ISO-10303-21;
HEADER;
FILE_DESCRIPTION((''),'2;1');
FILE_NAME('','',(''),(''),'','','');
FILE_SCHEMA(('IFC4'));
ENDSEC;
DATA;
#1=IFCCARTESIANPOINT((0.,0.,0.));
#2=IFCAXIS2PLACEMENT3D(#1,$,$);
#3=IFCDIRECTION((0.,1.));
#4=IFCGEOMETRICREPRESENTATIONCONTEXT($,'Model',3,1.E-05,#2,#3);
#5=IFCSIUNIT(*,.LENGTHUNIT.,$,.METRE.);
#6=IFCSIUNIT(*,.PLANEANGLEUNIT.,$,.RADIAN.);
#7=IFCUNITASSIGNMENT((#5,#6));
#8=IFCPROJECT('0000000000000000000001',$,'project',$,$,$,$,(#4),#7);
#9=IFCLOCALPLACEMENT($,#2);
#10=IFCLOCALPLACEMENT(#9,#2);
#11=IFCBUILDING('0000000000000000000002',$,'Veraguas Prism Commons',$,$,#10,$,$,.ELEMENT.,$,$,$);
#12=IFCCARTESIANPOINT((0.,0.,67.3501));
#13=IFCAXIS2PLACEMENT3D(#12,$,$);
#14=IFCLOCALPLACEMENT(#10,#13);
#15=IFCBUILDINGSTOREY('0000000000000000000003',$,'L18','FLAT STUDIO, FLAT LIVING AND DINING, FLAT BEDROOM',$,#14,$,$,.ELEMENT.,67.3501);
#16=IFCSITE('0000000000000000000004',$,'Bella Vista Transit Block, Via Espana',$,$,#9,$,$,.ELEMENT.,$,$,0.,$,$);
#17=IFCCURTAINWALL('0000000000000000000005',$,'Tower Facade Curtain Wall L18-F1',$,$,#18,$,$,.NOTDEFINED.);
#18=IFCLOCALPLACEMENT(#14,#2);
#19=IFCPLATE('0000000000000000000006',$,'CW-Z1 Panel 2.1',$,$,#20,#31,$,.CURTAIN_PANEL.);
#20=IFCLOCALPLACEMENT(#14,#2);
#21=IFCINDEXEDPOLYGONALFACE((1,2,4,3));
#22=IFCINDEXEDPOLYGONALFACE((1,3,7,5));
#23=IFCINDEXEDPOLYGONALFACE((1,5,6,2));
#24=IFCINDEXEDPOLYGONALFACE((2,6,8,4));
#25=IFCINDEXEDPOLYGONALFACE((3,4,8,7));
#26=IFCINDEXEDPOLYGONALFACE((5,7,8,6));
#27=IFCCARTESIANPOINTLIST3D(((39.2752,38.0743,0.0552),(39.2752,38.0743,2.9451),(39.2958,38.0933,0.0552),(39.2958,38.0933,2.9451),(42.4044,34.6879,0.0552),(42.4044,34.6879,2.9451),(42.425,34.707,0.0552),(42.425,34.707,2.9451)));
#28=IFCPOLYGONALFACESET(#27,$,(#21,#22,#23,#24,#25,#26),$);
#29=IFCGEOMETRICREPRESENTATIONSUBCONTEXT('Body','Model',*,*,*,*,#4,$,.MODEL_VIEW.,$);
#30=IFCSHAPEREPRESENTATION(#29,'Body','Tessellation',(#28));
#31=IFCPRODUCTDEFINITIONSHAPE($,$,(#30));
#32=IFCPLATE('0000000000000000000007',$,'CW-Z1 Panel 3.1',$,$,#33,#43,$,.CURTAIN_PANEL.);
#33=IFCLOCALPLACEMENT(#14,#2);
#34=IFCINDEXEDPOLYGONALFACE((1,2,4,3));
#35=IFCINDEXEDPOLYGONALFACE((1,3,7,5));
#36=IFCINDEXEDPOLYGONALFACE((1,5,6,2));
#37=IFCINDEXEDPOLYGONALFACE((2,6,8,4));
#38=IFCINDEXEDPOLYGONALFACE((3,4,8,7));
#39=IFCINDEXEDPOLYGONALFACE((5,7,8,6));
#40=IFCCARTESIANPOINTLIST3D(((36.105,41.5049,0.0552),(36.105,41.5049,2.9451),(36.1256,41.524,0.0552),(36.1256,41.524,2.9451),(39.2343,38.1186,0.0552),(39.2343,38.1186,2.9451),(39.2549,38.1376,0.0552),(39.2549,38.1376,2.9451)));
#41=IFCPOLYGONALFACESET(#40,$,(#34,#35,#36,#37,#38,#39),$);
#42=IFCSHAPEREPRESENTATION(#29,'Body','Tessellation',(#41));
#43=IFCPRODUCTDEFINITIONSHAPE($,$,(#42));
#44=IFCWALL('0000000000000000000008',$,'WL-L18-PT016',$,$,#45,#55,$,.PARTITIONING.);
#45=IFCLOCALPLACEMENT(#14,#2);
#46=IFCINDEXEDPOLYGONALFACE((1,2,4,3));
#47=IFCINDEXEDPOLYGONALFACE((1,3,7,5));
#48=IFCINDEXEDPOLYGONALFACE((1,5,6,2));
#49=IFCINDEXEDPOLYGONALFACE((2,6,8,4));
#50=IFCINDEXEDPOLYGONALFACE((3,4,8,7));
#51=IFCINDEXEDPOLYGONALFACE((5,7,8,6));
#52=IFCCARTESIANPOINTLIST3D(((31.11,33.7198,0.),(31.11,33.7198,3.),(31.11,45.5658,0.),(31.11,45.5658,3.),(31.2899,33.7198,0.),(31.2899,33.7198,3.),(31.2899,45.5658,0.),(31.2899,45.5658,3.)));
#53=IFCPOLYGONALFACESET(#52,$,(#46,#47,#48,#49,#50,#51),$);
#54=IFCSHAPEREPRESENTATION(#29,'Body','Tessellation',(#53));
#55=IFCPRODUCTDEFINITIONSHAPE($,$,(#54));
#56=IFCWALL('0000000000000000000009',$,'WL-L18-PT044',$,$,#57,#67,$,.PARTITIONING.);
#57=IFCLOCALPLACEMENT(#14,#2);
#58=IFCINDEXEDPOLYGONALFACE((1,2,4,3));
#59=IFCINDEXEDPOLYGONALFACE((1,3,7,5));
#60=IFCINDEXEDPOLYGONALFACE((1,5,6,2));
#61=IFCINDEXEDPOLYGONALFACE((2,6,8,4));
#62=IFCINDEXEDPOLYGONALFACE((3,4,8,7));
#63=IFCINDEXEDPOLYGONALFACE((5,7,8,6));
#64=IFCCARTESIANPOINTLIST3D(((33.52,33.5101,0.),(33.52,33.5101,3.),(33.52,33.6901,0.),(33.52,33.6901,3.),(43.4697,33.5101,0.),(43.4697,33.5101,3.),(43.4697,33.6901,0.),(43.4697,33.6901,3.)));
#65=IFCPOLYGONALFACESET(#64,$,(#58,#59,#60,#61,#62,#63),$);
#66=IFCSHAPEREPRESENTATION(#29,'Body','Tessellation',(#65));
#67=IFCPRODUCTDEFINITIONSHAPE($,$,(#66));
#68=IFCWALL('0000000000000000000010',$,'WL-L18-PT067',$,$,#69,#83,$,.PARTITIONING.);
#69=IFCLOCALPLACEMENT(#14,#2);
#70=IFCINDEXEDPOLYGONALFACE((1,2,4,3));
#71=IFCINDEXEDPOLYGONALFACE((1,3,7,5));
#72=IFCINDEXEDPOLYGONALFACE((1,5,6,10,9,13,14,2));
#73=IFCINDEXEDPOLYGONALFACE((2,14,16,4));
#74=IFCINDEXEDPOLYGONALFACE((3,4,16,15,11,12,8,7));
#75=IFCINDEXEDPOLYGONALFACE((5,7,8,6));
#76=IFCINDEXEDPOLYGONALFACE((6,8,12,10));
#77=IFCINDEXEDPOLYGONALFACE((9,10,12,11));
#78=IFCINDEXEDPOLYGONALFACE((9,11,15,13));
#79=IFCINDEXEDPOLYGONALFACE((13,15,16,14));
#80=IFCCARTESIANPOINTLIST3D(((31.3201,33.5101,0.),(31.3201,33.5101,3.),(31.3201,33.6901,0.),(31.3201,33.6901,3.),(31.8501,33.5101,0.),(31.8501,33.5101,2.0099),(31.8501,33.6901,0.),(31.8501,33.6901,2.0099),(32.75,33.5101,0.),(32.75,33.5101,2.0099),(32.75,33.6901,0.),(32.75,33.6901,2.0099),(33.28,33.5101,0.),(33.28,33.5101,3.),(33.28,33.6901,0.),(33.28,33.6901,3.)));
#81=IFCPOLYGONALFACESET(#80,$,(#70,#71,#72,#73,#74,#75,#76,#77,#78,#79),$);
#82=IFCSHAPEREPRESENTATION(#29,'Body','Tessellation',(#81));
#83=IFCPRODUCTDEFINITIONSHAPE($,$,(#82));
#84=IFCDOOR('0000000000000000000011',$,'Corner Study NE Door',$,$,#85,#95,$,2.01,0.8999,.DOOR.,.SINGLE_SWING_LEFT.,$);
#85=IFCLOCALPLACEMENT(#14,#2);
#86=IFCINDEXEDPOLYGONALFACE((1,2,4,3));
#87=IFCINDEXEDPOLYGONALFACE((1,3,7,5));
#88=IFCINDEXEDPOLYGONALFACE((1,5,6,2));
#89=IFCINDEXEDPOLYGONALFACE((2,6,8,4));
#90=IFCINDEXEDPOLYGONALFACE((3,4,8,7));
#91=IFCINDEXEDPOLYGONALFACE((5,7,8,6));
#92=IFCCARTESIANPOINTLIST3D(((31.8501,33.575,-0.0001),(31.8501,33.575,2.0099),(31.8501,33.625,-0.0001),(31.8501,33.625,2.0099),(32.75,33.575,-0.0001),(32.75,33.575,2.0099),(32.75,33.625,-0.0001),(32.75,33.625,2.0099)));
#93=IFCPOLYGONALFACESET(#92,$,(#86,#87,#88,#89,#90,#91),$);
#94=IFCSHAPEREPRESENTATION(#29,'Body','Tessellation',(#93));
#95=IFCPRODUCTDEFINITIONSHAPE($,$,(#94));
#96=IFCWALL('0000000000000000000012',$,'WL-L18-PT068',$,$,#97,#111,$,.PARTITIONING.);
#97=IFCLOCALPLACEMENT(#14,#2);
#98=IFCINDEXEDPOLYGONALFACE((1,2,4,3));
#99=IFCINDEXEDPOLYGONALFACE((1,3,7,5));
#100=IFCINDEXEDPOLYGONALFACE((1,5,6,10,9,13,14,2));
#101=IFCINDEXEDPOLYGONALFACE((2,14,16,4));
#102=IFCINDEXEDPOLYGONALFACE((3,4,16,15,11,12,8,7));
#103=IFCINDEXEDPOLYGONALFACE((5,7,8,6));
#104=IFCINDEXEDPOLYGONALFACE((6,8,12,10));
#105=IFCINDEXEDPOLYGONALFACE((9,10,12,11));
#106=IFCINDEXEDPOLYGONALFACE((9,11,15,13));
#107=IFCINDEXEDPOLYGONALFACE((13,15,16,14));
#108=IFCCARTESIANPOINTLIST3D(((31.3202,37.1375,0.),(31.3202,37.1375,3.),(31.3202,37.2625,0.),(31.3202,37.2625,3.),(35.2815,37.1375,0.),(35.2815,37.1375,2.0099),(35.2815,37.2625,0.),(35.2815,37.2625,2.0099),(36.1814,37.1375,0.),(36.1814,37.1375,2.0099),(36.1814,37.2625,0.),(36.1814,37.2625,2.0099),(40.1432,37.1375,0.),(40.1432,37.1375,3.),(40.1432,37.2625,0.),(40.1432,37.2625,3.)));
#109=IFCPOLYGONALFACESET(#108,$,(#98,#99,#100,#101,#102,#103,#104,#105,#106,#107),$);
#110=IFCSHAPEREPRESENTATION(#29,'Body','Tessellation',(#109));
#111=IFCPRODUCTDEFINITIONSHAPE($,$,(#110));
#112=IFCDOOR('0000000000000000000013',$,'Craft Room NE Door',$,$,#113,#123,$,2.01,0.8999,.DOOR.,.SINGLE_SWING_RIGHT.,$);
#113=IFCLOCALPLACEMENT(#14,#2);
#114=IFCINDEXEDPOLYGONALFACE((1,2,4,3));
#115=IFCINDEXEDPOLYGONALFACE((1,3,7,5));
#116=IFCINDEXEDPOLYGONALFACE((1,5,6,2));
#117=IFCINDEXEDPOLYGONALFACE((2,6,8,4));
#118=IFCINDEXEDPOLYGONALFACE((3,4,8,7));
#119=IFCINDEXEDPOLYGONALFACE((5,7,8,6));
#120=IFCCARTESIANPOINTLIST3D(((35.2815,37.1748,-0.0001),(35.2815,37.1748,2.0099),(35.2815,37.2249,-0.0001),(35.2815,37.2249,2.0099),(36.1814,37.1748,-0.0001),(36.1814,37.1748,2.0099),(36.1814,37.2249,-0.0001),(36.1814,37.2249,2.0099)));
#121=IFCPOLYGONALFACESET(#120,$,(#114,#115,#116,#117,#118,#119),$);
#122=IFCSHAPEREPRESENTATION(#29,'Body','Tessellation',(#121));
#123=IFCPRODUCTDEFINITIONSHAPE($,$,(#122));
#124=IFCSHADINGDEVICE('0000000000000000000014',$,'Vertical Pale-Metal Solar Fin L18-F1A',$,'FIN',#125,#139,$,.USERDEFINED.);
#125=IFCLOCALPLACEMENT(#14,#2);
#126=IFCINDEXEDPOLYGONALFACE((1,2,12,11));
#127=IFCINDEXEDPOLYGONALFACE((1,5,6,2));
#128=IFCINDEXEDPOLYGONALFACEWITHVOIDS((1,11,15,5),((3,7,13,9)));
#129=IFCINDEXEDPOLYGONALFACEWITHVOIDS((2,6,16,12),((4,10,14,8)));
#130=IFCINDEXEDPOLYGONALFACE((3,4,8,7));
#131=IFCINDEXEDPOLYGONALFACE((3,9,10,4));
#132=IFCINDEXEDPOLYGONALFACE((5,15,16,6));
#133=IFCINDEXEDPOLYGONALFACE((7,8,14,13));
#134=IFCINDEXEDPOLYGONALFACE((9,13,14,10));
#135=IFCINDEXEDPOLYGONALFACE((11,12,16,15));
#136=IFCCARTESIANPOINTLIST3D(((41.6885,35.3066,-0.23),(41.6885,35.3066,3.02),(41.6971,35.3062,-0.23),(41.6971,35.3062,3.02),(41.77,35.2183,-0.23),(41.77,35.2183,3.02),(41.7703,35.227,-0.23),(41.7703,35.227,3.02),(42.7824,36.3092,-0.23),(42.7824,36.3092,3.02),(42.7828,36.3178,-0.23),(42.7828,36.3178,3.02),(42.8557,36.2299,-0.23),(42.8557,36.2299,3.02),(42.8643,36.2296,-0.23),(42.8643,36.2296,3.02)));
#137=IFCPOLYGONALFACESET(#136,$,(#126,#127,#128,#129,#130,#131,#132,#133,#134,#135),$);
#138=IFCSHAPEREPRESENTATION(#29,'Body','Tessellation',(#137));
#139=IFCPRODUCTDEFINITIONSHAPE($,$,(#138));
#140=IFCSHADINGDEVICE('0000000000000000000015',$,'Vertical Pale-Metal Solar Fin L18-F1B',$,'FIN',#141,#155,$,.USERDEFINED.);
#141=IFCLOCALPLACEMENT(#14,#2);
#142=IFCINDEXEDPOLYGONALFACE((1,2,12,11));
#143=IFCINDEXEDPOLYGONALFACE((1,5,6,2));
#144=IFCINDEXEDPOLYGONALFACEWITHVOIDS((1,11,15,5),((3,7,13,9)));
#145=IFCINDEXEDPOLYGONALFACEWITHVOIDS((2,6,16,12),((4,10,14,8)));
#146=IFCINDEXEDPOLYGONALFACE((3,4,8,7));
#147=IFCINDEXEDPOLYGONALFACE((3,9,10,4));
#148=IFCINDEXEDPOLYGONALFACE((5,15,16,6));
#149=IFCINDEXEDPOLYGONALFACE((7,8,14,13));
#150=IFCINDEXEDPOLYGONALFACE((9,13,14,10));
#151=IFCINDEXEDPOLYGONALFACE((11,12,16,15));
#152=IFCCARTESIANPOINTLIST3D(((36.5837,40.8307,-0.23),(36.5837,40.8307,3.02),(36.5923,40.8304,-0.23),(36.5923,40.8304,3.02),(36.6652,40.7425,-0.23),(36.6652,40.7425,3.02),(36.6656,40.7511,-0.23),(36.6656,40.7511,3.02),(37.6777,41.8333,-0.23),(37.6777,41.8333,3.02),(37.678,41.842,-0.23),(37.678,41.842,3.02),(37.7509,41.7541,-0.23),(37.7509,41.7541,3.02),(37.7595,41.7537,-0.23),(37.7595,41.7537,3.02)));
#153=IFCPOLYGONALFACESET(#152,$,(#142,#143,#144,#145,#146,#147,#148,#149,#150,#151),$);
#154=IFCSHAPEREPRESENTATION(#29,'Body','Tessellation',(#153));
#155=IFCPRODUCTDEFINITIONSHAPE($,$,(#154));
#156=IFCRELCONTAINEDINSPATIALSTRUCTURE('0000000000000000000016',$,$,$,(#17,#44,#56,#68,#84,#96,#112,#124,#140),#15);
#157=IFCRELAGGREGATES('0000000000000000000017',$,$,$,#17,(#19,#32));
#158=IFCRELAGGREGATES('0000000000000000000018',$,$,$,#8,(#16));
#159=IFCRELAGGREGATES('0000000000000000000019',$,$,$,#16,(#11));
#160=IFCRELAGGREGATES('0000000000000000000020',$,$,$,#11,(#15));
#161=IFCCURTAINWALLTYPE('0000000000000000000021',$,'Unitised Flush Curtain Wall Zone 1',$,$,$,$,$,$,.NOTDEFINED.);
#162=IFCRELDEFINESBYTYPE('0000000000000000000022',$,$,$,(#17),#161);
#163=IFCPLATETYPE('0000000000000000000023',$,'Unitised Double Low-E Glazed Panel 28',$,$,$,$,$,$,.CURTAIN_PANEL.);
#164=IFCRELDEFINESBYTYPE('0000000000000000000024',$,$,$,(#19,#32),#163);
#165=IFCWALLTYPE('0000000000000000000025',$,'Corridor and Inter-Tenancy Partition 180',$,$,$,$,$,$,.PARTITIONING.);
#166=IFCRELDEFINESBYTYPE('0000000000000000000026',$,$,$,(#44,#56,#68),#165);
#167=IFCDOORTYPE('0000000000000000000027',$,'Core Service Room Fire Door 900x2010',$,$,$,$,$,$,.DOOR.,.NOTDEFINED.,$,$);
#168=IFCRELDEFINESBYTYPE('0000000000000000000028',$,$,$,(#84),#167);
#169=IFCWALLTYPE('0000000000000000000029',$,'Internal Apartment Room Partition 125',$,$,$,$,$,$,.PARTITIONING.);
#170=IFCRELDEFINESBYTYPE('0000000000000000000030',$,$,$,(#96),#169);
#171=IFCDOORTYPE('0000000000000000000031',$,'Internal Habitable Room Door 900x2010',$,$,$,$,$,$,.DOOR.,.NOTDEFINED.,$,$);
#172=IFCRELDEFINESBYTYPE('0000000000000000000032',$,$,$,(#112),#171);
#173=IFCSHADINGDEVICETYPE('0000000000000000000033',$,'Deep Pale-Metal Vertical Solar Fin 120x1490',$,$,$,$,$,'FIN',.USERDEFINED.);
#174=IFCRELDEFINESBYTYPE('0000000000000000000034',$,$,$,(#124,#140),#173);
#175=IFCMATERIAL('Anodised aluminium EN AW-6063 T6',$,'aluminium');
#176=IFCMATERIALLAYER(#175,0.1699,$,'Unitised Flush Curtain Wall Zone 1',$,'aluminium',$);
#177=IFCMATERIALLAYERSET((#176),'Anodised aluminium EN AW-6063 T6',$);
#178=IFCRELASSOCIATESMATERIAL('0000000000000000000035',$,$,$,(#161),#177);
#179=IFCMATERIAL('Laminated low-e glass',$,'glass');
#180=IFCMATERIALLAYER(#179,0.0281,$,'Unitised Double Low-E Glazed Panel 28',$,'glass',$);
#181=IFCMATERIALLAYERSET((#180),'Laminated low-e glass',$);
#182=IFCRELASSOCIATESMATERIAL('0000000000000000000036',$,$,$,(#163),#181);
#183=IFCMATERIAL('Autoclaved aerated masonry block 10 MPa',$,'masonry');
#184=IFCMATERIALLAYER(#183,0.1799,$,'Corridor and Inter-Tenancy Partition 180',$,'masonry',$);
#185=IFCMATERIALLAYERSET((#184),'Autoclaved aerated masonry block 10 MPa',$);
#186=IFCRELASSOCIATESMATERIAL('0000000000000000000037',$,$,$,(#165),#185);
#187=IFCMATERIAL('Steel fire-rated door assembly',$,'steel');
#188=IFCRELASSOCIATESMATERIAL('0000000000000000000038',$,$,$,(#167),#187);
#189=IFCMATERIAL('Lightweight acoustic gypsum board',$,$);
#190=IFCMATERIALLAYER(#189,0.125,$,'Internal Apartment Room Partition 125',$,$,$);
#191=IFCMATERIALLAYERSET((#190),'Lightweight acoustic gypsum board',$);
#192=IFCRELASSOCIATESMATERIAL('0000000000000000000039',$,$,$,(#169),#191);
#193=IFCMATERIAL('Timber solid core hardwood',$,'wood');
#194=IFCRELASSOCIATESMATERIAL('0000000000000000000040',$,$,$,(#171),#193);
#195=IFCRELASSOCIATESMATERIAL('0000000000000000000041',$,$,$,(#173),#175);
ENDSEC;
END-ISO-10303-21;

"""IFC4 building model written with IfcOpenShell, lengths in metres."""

from ifc_helpers import new_model, si_unit, direction, frame, frame_2d, origin, origin_2d, place, context, subcontext, project, spatial, rectangle, hollow_rectangle, extrude, source, transform, mapped, material, layer, layer_set, material_profile, profile_set, type_object, element, fill, aggregate, save


model = new_model("IFC4")

# Units and contexts
model_context = context("Model", 3, precision=1e-05, world=origin(), true_north=direction((0.0, 1.0)))
body_context = subcontext(model_context, "Body", "Model", "MODEL_VIEW")
ifc_project = project(units=[si_unit("LENGTHUNIT", "METRE"), si_unit("PLANEANGLEUNIT", "RADIAN")], contexts=[model_context])

# Site, building, storey
site_placement = place(None, origin())
site = spatial("IfcSite", under=ifc_project, at=site_placement, Name="Bella Vista Transit Block, Via Espana", CompositionType="ELEMENT", RefElevation=0.0)
building_placement = place(site_placement, origin())
building = spatial("IfcBuilding", under=site, at=building_placement, Name="Veraguas Prism Commons", CompositionType="ELEMENT")
storey_placement = place(building_placement, frame((0.0, 0.0, 67.3501)))
storey = spatial("IfcBuildingStorey", under=building, at=storey_placement, Name="L18", Description="FLAT STUDIO, FLAT LIVING AND DINING, FLAT BEDROOM", CompositionType="ELEMENT", Elevation=67.3501)

# Curtain wall
ifc_material_1 = material(Name="Anodised aluminium EN AW-6063 T6", Category="aluminium")
ifc_layer_1 = layer(ifc_material_1, 0.1699, Name="Unitised Flush Curtain Wall Zone 1", Category="aluminium")
ifc_layer_set_1 = layer_set([ifc_layer_1], Name="Anodised aluminium EN AW-6063 T6")
curtain_wall_type = type_object("IfcCurtainWallType", Name="Unitised Flush Curtain Wall Zone 1", PredefinedType="NOTDEFINED", material=ifc_layer_set_1)
curtain_wall_1_placement = place(storey_placement, origin())
curtain_wall_1 = element("IfcCurtainWall", 1, at=curtain_wall_1_placement, inside=storey, type_object=curtain_wall_type, Name="Tower Facade Curtain Wall L18-F1", PredefinedType="NOTDEFINED")

# Plates
ifc_material_2 = material(Name="Laminated low-e glass", Category="glass")
ifc_layer_2 = layer(ifc_material_2, 0.0281, Name="Unitised Double Low-E Glazed Panel 28", Category="glass")
ifc_layer_set_2 = layer_set([ifc_layer_2], Name="Laminated low-e glass")
plate_type = type_object("IfcPlateType", Name="Unitised Double Low-E Glazed Panel 28", PredefinedType="CURTAIN_PANEL", material=ifc_layer_set_2)
shared_shape_1 = source(origin(), body_context, "Body", "SweptSolid", [
    extrude(rectangle(XDim=4.6108, YDim=0.0281, at=origin_2d()), origin(), (0.0, 0.0, 1.0), 2.8899),
])
plate_1_placement = place(storey_placement, frame((40.8501, 36.3906, 0.0552), z_axis=(0.0, 0.0, 1.0), x_axis=(-0.678678, 0.734436, 0.0)))
plate_1 = element("IfcPlate", 2, at=plate_1_placement, type_object=plate_type, Name="CW-Z1 Panel 2.1", PredefinedType="CURTAIN_PANEL", context=body_context, shape_type="MappedRepresentation", body=[
    mapped(shared_shape_1, transform((0.0, 0.0, 0.0), scale=1.0)),
])
plate_2_placement = place(storey_placement, frame((37.6799, 39.8213, 0.0552), z_axis=(0.0, 0.0, 1.0), x_axis=(-0.678678, 0.734436, 0.0)))
plate_2 = element("IfcPlate", 3, at=plate_2_placement, type_object=plate_type, Name="CW-Z1 Panel 3.1", PredefinedType="CURTAIN_PANEL", context=body_context, shape_type="MappedRepresentation", body=[
    mapped(shared_shape_1, transform((0.0, 0.0, 0.0), scale=1.0)),
])
aggregate(curtain_wall_1, [plate_1, plate_2])

# Walls
ifc_material_3 = material(Name="Autoclaved aerated masonry block 10 MPa", Category="masonry")
ifc_layer_3 = layer(ifc_material_3, 0.1799, Name="Corridor and Inter-Tenancy Partition 180", Category="masonry")
ifc_layer_set_3 = layer_set([ifc_layer_3], Name="Autoclaved aerated masonry block 10 MPa")
wall_type_1 = type_object("IfcWallType", Name="Corridor and Inter-Tenancy Partition 180", PredefinedType="PARTITIONING", material=ifc_layer_set_3)
wall_1_placement = place(storey_placement, frame((31.2, 33.72, 0.0), z_axis=(0.0, 0.0, 1.0), x_axis=(0.0, 1.0, 0.0)))
element("IfcWall", 4, at=wall_1_placement, inside=storey, type_object=wall_type_1, Name="WL-L18-PT016", PredefinedType="PARTITIONING", context=body_context, shape_type="SweptSolid", body=[
    extrude(rectangle(XDim=11.8459, YDim=0.1799, at=frame_2d((5.9229, 0.0))), origin(), (0.0, 0.0, 1.0), 3.0),
])
wall_2_placement = place(storey_placement, frame((33.52, 33.6001, 0.0), z_axis=(0.0, 0.0, 1.0), x_axis=(1.0, 0.0, 0.0)))
element("IfcWall", 5, at=wall_2_placement, inside=storey, type_object=wall_type_1, Name="WL-L18-PT044", PredefinedType="PARTITIONING", context=body_context, shape_type="SweptSolid", body=[
    extrude(rectangle(XDim=9.9497, YDim=0.1799, at=frame_2d((4.9749, 0.0))), origin(), (0.0, 0.0, 1.0), 3.0),
])

# Walls, openings, doors
wall_3_placement = place(storey_placement, frame((31.3201, 33.6001, 0.0), z_axis=(0.0, 0.0, 1.0), x_axis=(1.0, 0.0, 0.0)))
wall_3 = element("IfcWall", 6, at=wall_3_placement, inside=storey, type_object=wall_type_1, Name="WL-L18-PT067", PredefinedType="PARTITIONING", context=body_context, shape_type="SweptSolid", body=[
    extrude(rectangle(XDim=1.96, YDim=0.1799, at=frame_2d((0.98, 0.0))), origin(), (0.0, 0.0, 1.0), 3.0),
])
opening_1_placement = place(wall_3_placement, frame((0.53, 0.0, 0.0)))
opening_1 = element("IfcOpeningElement", 7, at=opening_1_placement, cuts=wall_3, PredefinedType="OPENING", context=body_context, shape_type="SweptSolid", body=[
    extrude(rectangle(XDim=0.8999, YDim=2.01, at=frame_2d((0.45, 1.0049))), frame((0.0, 0.0999, 0.0), z_axis=(0.0, -1.0, 0.0), x_axis=(1.0, 0.0, 0.0)), (0.0, 0.0, 1.0), 0.2),
])
ifc_material_4 = material(Name="Steel fire-rated door assembly", Category="steel")
door_type_1 = type_object("IfcDoorType", Name="Core Service Room Fire Door 900x2010", OperationType="NOTDEFINED", PredefinedType="DOOR", material=ifc_material_4)
shared_shape_2 = source(origin(), body_context, "Body", "SweptSolid", [
    extrude(rectangle(XDim=0.8999, YDim=2.01, at=frame_2d((0.45, 1.0049))), frame((0.0, 0.0249, 0.0), z_axis=(0.0, -1.0, 0.0), x_axis=(1.0, 0.0, 0.0)), (0.0, 0.0, 1.0), 0.05),
])
door_1_placement = place(opening_1_placement, origin())
door_1 = element("IfcDoor", 8, at=door_1_placement, inside=storey, type_object=door_type_1, Name="Corner Study NE Door", OperationType="SINGLE_SWING_LEFT", OverallHeight=2.01, OverallWidth=0.8999, PredefinedType="DOOR", context=body_context, shape_type="MappedRepresentation", body=[
    mapped(shared_shape_2, transform((0.0, 0.0, 0.0), scale=1.0)),
])
fill(opening_1, door_1)
ifc_material_5 = material(Name="Lightweight acoustic gypsum board")
ifc_layer_4 = layer(ifc_material_5, 0.125, Name="Internal Apartment Room Partition 125")
ifc_layer_set_4 = layer_set([ifc_layer_4], Name="Lightweight acoustic gypsum board")
wall_type_2 = type_object("IfcWallType", Name="Internal Apartment Room Partition 125", PredefinedType="PARTITIONING", material=ifc_layer_set_4)
wall_4_placement = place(storey_placement, frame((31.3201, 37.2, 0.0), z_axis=(0.0, 0.0, 1.0), x_axis=(1.0, 0.0, 0.0)))
wall_4 = element("IfcWall", 9, at=wall_4_placement, inside=storey, type_object=wall_type_2, Name="WL-L18-PT068", PredefinedType="PARTITIONING", context=body_context, shape_type="SweptSolid", body=[
    extrude(rectangle(XDim=8.823, YDim=0.125, at=frame_2d((4.4116, 0.0))), origin(), (0.0, 0.0, 1.0), 3.0),
])
opening_2_placement = place(wall_4_placement, frame((3.9614, 0.0, 0.0)))
opening_2 = element("IfcOpeningElement", 10, at=opening_2_placement, cuts=wall_4, PredefinedType="OPENING", context=body_context, shape_type="SweptSolid", body=[
    extrude(rectangle(XDim=0.8999, YDim=2.01, at=frame_2d((0.45, 1.0049))), frame((0.0, 0.0725, 0.0), z_axis=(0.0, -1.0, 0.0), x_axis=(1.0, 0.0, 0.0)), (0.0, 0.0, 1.0), 0.145),
])
ifc_material_6 = material(Name="Timber solid core hardwood", Category="wood")
door_type_2 = type_object("IfcDoorType", Name="Internal Habitable Room Door 900x2010", OperationType="NOTDEFINED", PredefinedType="DOOR", material=ifc_material_6)
door_2_placement = place(opening_2_placement, origin())
door_2 = element("IfcDoor", 11, at=door_2_placement, inside=storey, type_object=door_type_2, Name="Craft Room NE Door", OperationType="SINGLE_SWING_RIGHT", OverallHeight=2.01, OverallWidth=0.8999, PredefinedType="DOOR", context=body_context, shape_type="MappedRepresentation", body=[
    mapped(shared_shape_2, transform((0.0, 0.0, 0.0), scale=1.0)),
])
fill(opening_2, door_2)

# Shading devices
ifc_material_profile_1 = material_profile(ifc_material_1, hollow_rectangle(XDim=0.1201, YDim=1.49, WallThickness=0.0061, at=origin_2d()), Name="FIN120X1490X6")
ifc_profile_set_1 = profile_set([ifc_material_profile_1], Name="Anodised aluminium EN AW-6063 T6")
shading_device_type = type_object("IfcShadingDeviceType", Name="Deep Pale-Metal Vertical Solar Fin 120x1490", ElementType="FIN", PredefinedType="USERDEFINED", material=ifc_profile_set_1)
for number, where, z_axis, x_axis, name in (
    (12, (42.2764, 35.7681, -0.23), (0.0, 0.0, 1.0), (-0.678674, 0.73444, 0.0), "Vertical Pale-Metal Solar Fin L18-F1A"),
    (13, (37.1716, 41.2922, -0.23), (0.0, 0.0, 1.0), (-0.678674, 0.73444, 0.0), "Vertical Pale-Metal Solar Fin L18-F1B"),
):
    element("IfcShadingDevice", number, at=place(storey_placement, frame(where, z_axis=z_axis, x_axis=x_axis)), inside=storey, type_object=shading_device_type, Name=name, ObjectType="FIN", PredefinedType="USERDEFINED", context=body_context, shape_type="SweptSolid", body=[
        extrude(hollow_rectangle(XDim=0.1201, YDim=1.49, WallThickness=0.0061, at=origin_2d()), origin(), (0.0, 0.0, 1.0), 3.25),
    ])

save(model, "model.ifc")
